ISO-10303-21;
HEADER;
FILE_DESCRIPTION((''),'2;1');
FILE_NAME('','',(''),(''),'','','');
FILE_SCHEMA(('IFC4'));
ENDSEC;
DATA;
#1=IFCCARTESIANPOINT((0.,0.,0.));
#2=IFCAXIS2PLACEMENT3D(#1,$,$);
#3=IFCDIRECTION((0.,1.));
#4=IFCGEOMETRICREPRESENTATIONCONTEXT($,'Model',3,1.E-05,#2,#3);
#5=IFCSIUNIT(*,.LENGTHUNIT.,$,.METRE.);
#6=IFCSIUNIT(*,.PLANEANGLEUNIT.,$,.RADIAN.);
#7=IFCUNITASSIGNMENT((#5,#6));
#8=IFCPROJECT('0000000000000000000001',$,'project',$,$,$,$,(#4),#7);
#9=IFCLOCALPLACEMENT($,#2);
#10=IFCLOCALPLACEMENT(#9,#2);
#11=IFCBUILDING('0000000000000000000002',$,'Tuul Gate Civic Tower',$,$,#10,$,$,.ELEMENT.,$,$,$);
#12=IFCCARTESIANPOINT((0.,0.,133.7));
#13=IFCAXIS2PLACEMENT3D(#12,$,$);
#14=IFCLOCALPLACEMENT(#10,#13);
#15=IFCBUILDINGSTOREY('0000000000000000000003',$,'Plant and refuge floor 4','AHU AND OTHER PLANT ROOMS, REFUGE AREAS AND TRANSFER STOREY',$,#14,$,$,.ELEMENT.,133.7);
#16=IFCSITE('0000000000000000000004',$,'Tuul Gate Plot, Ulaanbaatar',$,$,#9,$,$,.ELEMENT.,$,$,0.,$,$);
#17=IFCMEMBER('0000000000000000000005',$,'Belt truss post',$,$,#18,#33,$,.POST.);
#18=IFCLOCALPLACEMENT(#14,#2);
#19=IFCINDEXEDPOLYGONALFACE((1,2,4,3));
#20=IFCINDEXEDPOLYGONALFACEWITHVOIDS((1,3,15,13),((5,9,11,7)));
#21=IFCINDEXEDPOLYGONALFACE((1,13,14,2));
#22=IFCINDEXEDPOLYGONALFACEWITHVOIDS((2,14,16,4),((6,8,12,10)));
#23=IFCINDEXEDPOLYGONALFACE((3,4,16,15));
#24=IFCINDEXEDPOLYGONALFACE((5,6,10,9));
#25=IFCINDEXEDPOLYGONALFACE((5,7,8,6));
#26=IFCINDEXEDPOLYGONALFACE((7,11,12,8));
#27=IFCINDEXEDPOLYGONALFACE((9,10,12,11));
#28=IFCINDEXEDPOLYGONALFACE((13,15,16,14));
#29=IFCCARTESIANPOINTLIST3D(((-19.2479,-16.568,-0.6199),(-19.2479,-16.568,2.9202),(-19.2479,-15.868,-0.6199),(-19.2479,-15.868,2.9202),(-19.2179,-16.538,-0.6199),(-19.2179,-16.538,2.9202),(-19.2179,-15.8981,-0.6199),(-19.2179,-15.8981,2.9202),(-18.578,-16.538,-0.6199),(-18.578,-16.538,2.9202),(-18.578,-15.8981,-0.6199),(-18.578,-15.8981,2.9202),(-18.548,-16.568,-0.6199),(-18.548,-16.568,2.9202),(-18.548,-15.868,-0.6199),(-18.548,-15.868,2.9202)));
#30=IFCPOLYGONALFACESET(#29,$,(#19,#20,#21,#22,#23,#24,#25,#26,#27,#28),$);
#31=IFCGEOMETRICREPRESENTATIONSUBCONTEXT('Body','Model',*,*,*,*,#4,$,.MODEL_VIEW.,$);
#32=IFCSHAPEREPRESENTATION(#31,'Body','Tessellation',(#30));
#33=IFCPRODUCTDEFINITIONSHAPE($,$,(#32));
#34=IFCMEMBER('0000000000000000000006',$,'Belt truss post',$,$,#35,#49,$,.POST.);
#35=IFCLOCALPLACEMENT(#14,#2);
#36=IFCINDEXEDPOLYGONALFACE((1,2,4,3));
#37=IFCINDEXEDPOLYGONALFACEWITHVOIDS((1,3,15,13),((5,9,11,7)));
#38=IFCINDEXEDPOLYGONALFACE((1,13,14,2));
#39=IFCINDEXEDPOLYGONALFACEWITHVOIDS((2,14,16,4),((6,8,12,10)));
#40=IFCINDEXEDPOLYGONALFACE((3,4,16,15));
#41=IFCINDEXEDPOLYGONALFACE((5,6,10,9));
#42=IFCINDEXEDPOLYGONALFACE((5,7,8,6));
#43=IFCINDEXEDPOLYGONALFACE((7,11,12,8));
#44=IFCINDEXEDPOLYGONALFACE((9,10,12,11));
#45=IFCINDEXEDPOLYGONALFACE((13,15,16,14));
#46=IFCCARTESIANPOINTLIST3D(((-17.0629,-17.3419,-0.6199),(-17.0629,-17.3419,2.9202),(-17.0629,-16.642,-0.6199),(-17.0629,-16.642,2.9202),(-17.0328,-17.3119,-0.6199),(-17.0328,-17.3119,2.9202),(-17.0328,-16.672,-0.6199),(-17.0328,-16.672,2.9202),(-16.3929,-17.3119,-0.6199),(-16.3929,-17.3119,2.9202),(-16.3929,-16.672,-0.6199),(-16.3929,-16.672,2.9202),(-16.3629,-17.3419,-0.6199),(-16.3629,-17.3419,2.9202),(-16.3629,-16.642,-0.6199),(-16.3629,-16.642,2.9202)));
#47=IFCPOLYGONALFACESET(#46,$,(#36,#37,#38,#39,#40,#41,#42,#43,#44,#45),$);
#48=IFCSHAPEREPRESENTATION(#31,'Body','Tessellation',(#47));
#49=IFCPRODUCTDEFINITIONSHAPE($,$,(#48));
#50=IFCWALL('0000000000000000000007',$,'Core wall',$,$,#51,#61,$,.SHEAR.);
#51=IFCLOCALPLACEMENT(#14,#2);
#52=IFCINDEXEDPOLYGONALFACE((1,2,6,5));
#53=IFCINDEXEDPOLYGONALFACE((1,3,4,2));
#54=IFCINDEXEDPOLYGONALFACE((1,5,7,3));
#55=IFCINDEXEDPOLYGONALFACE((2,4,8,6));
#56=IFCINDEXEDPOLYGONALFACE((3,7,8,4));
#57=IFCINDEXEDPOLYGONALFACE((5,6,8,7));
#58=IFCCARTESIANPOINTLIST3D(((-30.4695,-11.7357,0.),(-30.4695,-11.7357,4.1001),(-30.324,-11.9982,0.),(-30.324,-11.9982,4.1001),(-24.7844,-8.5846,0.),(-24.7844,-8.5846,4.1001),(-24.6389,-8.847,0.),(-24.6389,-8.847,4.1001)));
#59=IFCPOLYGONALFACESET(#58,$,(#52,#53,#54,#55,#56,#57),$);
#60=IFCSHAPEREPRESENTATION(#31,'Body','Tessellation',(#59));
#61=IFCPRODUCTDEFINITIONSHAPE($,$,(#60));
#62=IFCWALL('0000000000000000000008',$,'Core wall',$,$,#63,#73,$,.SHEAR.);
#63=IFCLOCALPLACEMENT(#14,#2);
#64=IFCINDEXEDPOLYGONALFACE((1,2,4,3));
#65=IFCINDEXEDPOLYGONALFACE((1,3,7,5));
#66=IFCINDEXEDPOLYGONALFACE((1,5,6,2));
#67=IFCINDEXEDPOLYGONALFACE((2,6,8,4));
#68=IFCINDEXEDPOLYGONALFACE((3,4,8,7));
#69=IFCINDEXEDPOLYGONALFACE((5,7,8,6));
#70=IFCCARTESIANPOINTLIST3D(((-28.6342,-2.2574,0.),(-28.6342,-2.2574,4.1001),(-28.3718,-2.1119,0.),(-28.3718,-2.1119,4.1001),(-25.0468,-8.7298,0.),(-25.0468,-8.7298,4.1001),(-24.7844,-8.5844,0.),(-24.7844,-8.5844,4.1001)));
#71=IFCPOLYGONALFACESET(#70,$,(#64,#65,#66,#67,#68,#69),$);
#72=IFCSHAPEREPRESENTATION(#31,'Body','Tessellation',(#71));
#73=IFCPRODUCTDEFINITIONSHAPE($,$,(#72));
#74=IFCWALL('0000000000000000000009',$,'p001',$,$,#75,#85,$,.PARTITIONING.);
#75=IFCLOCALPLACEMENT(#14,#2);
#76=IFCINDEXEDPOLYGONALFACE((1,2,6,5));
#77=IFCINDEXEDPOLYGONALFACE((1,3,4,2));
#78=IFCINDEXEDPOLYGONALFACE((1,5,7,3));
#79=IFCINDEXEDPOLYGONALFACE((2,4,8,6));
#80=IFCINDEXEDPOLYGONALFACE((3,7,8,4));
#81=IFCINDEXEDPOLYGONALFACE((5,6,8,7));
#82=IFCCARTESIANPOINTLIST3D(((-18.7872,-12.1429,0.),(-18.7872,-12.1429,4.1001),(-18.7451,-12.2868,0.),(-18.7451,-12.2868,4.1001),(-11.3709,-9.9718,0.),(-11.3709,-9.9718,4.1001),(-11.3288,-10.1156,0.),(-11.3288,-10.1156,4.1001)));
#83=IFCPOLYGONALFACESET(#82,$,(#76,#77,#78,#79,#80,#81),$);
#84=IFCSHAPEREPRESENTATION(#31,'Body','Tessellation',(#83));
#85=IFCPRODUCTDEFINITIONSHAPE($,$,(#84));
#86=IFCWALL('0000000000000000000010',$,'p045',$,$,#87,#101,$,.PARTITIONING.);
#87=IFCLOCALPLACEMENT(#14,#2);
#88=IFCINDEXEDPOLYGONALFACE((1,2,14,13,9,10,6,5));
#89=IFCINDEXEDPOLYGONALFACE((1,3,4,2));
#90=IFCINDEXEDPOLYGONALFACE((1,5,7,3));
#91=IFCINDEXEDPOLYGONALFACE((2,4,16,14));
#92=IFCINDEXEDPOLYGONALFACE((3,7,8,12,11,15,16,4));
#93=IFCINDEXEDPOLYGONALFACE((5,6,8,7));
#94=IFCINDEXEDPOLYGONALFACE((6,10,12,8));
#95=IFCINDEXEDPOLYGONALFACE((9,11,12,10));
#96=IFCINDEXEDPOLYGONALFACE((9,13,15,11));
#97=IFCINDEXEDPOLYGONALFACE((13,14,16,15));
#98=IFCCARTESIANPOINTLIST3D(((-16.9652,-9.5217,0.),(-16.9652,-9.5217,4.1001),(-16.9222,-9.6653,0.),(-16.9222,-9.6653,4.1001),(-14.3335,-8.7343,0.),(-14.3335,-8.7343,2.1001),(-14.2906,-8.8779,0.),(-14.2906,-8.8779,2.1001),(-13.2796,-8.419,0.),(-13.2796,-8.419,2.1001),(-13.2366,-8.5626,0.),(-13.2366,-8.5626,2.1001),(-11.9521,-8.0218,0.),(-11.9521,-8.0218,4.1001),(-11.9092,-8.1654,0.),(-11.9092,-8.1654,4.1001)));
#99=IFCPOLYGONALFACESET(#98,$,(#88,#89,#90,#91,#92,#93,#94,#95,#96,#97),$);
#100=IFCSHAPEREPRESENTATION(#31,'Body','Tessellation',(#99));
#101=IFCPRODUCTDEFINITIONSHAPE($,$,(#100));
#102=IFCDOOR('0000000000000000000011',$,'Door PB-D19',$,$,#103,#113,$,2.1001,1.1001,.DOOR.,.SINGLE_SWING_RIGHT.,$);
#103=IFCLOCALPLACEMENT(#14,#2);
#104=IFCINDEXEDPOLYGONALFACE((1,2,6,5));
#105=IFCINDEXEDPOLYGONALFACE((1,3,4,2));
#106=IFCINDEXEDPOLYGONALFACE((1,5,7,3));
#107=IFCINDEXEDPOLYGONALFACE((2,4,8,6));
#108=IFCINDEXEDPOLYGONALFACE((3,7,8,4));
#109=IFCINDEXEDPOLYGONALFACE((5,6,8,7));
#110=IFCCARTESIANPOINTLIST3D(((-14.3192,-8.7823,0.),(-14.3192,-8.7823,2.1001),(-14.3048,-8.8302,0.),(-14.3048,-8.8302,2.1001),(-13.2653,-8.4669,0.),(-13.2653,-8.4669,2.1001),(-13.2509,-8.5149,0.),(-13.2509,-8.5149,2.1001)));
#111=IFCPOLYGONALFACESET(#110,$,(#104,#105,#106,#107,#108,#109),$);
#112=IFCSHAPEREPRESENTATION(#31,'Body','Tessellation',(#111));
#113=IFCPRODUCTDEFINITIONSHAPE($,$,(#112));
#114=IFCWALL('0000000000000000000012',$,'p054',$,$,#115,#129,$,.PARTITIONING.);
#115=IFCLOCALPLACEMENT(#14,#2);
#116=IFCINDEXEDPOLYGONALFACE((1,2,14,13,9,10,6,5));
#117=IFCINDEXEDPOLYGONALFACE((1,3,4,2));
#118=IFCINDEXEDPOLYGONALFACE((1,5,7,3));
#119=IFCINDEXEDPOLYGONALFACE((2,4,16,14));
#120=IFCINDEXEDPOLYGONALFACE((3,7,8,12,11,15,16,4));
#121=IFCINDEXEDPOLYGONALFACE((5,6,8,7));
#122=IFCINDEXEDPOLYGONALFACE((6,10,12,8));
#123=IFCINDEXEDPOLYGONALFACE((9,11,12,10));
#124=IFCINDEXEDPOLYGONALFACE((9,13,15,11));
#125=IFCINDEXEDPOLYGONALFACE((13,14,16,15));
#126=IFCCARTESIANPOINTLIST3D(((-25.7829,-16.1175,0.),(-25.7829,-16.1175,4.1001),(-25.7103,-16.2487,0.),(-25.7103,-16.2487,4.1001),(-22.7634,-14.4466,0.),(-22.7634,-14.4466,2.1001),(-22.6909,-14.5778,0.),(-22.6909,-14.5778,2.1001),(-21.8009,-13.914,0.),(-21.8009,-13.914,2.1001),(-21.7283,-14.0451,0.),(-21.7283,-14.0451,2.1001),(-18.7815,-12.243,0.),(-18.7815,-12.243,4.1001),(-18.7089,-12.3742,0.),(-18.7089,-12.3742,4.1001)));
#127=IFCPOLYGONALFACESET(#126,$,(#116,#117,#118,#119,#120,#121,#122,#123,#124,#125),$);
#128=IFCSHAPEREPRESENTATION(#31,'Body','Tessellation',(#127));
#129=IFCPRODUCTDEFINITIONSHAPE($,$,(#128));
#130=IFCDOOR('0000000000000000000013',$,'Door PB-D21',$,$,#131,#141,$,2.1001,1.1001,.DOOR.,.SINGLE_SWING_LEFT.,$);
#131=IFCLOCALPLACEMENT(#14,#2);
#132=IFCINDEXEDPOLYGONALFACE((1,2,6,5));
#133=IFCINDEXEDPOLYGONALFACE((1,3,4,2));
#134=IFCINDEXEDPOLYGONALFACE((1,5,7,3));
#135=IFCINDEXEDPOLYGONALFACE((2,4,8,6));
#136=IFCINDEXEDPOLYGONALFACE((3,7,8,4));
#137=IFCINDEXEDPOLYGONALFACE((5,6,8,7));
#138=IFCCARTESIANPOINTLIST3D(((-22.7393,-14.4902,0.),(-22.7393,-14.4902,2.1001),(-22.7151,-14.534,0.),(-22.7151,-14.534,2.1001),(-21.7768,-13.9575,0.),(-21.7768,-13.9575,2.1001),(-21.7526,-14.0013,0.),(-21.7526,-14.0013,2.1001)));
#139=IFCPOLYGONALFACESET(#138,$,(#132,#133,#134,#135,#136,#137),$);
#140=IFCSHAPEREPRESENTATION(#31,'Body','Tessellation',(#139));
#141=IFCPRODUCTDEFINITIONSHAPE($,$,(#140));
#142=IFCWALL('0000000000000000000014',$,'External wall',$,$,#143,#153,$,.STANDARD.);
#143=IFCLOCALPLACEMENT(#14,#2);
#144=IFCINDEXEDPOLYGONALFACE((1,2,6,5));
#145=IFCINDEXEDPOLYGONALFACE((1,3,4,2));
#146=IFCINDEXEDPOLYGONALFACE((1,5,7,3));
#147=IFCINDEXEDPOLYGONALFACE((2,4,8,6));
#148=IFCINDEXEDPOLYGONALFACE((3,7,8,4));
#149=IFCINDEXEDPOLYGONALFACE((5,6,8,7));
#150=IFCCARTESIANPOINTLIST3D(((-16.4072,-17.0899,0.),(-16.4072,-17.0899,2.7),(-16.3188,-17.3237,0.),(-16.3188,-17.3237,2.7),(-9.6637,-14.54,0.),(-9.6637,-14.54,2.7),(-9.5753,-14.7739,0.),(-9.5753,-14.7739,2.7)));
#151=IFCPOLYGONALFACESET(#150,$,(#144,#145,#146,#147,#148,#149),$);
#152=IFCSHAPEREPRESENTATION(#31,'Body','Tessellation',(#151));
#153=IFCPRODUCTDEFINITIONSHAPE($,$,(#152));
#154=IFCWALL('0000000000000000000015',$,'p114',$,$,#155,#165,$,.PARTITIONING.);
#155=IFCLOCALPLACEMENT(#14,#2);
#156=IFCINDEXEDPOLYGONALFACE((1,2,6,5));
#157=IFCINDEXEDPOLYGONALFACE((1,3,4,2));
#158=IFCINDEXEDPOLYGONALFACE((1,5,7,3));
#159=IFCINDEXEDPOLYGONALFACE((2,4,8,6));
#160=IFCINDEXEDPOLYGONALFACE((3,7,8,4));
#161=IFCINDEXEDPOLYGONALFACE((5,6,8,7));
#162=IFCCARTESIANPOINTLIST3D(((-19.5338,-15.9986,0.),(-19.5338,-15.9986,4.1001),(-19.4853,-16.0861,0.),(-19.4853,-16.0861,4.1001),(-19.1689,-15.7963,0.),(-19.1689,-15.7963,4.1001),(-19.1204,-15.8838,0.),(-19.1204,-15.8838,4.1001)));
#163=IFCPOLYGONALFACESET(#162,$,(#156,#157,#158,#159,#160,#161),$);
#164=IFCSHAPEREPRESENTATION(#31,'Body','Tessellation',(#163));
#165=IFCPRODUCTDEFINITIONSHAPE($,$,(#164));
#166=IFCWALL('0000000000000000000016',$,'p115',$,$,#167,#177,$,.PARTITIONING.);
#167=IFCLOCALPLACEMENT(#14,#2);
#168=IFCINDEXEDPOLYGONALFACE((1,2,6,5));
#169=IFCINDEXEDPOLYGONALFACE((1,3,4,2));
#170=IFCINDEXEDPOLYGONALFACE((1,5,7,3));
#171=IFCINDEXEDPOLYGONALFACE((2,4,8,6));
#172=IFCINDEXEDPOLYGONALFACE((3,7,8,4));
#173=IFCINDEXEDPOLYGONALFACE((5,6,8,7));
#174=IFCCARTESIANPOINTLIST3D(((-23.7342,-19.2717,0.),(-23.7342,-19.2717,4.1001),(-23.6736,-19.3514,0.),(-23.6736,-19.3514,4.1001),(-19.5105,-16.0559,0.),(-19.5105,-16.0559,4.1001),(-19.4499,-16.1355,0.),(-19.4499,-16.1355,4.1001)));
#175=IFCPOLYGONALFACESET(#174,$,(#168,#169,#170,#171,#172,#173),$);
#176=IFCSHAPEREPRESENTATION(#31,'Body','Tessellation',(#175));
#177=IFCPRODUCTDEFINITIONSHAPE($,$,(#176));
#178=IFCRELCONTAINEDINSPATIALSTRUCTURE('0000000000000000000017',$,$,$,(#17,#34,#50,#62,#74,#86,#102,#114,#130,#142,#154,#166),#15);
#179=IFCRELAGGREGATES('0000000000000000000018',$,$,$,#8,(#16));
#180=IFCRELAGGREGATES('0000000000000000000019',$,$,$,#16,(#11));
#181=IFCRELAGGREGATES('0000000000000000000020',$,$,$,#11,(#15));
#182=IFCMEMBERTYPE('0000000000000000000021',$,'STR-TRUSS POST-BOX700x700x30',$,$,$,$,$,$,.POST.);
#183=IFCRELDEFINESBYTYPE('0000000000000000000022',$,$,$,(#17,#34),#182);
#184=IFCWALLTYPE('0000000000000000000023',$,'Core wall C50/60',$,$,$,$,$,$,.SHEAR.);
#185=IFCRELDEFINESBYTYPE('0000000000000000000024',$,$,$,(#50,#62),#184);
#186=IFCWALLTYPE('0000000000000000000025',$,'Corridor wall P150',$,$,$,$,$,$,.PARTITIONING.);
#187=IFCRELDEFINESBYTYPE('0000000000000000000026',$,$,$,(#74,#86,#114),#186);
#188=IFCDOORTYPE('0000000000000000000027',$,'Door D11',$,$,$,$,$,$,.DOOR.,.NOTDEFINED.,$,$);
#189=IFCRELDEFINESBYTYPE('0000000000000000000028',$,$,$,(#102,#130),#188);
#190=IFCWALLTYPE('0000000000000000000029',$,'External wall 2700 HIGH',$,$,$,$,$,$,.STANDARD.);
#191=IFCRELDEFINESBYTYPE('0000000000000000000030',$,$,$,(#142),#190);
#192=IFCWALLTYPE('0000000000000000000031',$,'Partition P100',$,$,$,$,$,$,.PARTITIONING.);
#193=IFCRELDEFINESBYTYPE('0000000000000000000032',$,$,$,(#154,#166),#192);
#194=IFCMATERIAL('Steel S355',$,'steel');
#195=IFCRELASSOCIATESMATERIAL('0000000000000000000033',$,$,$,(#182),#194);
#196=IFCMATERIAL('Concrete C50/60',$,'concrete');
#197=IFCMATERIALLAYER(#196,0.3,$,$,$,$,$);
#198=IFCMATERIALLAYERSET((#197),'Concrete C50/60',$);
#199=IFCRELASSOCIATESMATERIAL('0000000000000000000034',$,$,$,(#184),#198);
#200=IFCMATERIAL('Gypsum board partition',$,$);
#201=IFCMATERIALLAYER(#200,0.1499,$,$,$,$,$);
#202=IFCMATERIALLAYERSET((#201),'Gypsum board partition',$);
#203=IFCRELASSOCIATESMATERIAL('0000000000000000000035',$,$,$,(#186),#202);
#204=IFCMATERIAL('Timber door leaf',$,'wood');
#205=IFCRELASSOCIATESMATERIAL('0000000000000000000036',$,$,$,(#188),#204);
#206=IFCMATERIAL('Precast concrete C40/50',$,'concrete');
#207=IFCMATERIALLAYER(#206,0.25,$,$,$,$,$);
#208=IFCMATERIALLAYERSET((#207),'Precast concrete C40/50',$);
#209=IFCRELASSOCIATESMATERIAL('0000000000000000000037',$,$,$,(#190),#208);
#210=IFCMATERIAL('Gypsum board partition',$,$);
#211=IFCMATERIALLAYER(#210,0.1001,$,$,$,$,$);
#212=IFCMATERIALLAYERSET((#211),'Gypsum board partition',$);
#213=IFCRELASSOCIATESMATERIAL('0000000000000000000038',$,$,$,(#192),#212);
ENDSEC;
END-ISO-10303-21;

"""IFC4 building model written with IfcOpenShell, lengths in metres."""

from ifc_helpers import new_model, si_unit, direction, frame, frame_2d, origin, origin_2d, place, context, subcontext, project, spatial, rectangle, hollow_rectangle, extrude, material, layer, layer_set, material_profile, profile_set, type_object, element, fill, save


model = new_model("IFC4")

# Units and contexts
model_context = context("Model", 3, precision=1e-05, world=origin(), true_north=direction((0.0, 1.0)))
body_context = subcontext(model_context, "Body", "Model", "MODEL_VIEW")
ifc_project = project(units=[si_unit("LENGTHUNIT", "METRE"), si_unit("PLANEANGLEUNIT", "RADIAN")], contexts=[model_context])

# Site, building, storey
site_placement = place(None, origin())
site = spatial("IfcSite", under=ifc_project, at=site_placement, Name="Tuul Gate Plot, Ulaanbaatar", CompositionType="ELEMENT", RefElevation=0.0)
building_placement = place(site_placement, origin())
building = spatial("IfcBuilding", under=site, at=building_placement, Name="Tuul Gate Civic Tower", CompositionType="ELEMENT")
storey_placement = place(building_placement, frame((0.0, 0.0, 133.7)))
storey = spatial("IfcBuildingStorey", under=building, at=storey_placement, Name="Plant and refuge floor 4", Description="AHU AND OTHER PLANT ROOMS, REFUGE AREAS AND TRANSFER STOREY", CompositionType="ELEMENT", Elevation=133.7)

# Members
ifc_material_1 = material(Name="Steel S355", Category="steel")
ifc_material_profile_1 = material_profile(ifc_material_1, hollow_rectangle(XDim=0.7, YDim=0.7, WallThickness=0.03, at=origin_2d()), Name="BOX700x700x30")
ifc_profile_set_1 = profile_set([ifc_material_profile_1], Name="Steel S355")
member_type_1 = type_object("IfcMemberType", Name="STR-TRUSS POST-BOX700x700x30", PredefinedType="POST", material=ifc_profile_set_1)
for number, where, z_axis, x_axis, name in (
    (1, (-18.8979, -16.218, -0.6199), (0.0, 0.0, 1.0), (1.0, 0.0, 0.0), "Belt truss post"),
    (2, (-16.7129, -16.9919, -0.6199), (0.0, 0.0, 1.0), (1.0, 0.0, 0.0), "Belt truss post"),
):
    element("IfcMember", number, at=place(storey_placement, frame(where, z_axis=z_axis, x_axis=x_axis)), inside=storey, type_object=member_type_1, Name=name, PredefinedType="POST", context=body_context, shape_type="SweptSolid", body=[
        extrude(hollow_rectangle(XDim=0.7, YDim=0.7, WallThickness=0.03, at=origin_2d()), origin(), (0.0, 0.0, 1.0), 3.54),
    ])

# Walls
ifc_material_2 = material(Name="Concrete C50/60", Category="concrete")
ifc_layer_1 = layer(ifc_material_2, 0.3)
ifc_layer_set_1 = layer_set([ifc_layer_1], Name="Concrete C50/60")
wall_type_1 = type_object("IfcWallType", Name="Core wall C50/60", PredefinedType="SHEAR", material=ifc_layer_set_1)
wall_1_placement = place(storey_placement, frame((-24.7117, -8.7158, 0.0), z_axis=(0.0, 0.0, 1.0), x_axis=(-0.87463, -0.484791, 0.0)))
element("IfcWall", 3, at=wall_1_placement, inside=storey, type_object=wall_type_1, Name="Core wall", PredefinedType="SHEAR", context=body_context, shape_type="SweptSolid", body=[
    extrude(rectangle(XDim=6.5, YDim=0.3, at=frame_2d((3.25, 0.0))), origin(), (0.0, 0.0, 1.0), 4.1001),
])
wall_2_placement = place(storey_placement, frame((-24.9155, -8.6572, 0.0), z_axis=(0.0, 0.0, 1.0), x_axis=(-0.484777, 0.874638, 0.0)))
element("IfcWall", 4, at=wall_2_placement, inside=storey, type_object=wall_type_1, Name="Core wall", PredefinedType="SHEAR", context=body_context, shape_type="SweptSolid", body=[
    extrude(rectangle(XDim=7.4001, YDim=0.3, at=frame_2d((3.7002, 0.0))), origin(), (0.0, 0.0, 1.0), 4.1001),
])
ifc_material_3 = material(Name="Gypsum board partition")
ifc_layer_2 = layer(ifc_material_3, 0.1499)
ifc_layer_set_2 = layer_set([ifc_layer_2], Name="Gypsum board partition")
wall_type_2 = type_object("IfcWallType", Name="Corridor wall P150", PredefinedType="PARTITIONING", material=ifc_layer_set_2)
wall_3_placement = place(storey_placement, frame((-18.7661, -12.2148, 0.0), z_axis=(0.0, 0.0, 1.0), x_axis=(0.959719, 0.280962, 0.0)))
element("IfcWall", 5, at=wall_3_placement, inside=storey, type_object=wall_type_2, Name="p001", PredefinedType="PARTITIONING", context=body_context, shape_type="SweptSolid", body=[
    extrude(rectangle(XDim=7.7275, YDim=0.1499, at=frame_2d((3.8638, 0.0))), origin(), (0.0, 0.0, 1.0), 4.1001),
])

# Walls, openings, doors
wall_4_placement = place(storey_placement, frame((-16.9436, -9.5935, 0.0), z_axis=(0.0, 0.0, 1.0), x_axis=(0.958034, 0.286654, 0.0)))
wall_4 = element("IfcWall", 6, at=wall_4_placement, inside=storey, type_object=wall_type_2, Name="p045", PredefinedType="PARTITIONING", context=body_context, shape_type="SweptSolid", body=[
    extrude(rectangle(XDim=5.2327, YDim=0.1499, at=frame_2d((2.6162, 0.0))), origin(), (0.0, 0.0, 1.0), 4.1001),
])
opening_1_placement = place(wall_4_placement, frame((2.7468, 0.0, 0.0)))
opening_1 = element("IfcOpeningElement", 7, at=opening_1_placement, cuts=wall_4, PredefinedType="OPENING", context=body_context, shape_type="SweptSolid", body=[
    extrude(rectangle(XDim=1.1001, YDim=2.1001, at=frame_2d((0.55, 1.05))), frame((0.0, 0.085, 0.0), z_axis=(0.0, -1.0, 0.0), x_axis=(1.0, 0.0, 0.0)), (0.0, 0.0, 1.0), 0.1699),
])
ifc_material_4 = material(Name="Timber door leaf", Category="wood")
door_type = type_object("IfcDoorType", Name="Door D11", OperationType="NOTDEFINED", PredefinedType="DOOR", material=ifc_material_4)
door_1_placement = place(opening_1_placement, origin())
door_1 = element("IfcDoor", 8, at=door_1_placement, inside=storey, type_object=door_type, Name="Door PB-D19", OperationType="SINGLE_SWING_RIGHT", OverallHeight=2.1001, OverallWidth=1.1001, PredefinedType="DOOR", context=body_context, shape_type="SweptSolid", body=[
    extrude(rectangle(XDim=1.1001, YDim=2.1001, at=frame_2d((0.55, 1.05))), frame((0.0, 0.0249, 0.0), z_axis=(0.0, -1.0, 0.0), x_axis=(1.0, 0.0, 0.0)), (0.0, 0.0, 1.0), 0.05),
])
fill(opening_1, door_1)
wall_5_placement = place(storey_placement, frame((-25.7466, -16.1831, 0.0), z_axis=(0.0, 0.0, 1.0), x_axis=(0.874962, 0.484192, 0.0)))
wall_5 = element("IfcWall", 9, at=wall_5_placement, inside=storey, type_object=wall_type_2, Name="p054", PredefinedType="PARTITIONING", context=body_context, shape_type="SweptSolid", body=[
    extrude(rectangle(XDim=8.002, YDim=0.1499, at=frame_2d((4.001, 0.0))), origin(), (0.0, 0.0, 1.0), 4.1001),
])
opening_2_placement = place(wall_5_placement, frame((3.4509, 0.0, 0.0)))
opening_2 = element("IfcOpeningElement", 10, at=opening_2_placement, cuts=wall_5, PredefinedType="OPENING", context=body_context, shape_type="SweptSolid", body=[
    extrude(rectangle(XDim=1.1001, YDim=2.1001, at=frame_2d((0.55, 1.05))), frame((0.0, 0.085, 0.0), z_axis=(0.0, -1.0, 0.0), x_axis=(1.0, 0.0, 0.0)), (0.0, 0.0, 1.0), 0.1699),
])
door_2_placement = place(opening_2_placement, frame((1.1001, 0.0, 0.0), z_axis=(0.0, 0.0, 1.0), x_axis=(-1.0, 0.0, 0.0)))
door_2 = element("IfcDoor", 11, at=door_2_placement, inside=storey, type_object=door_type, Name="Door PB-D21", OperationType="SINGLE_SWING_LEFT", OverallHeight=2.1001, OverallWidth=1.1001, PredefinedType="DOOR", context=body_context, shape_type="SweptSolid", body=[
    extrude(rectangle(XDim=1.1001, YDim=2.1001, at=frame_2d((0.55, 1.05))), frame((0.0, 0.0249, 0.0), z_axis=(0.0, -1.0, 0.0), x_axis=(1.0, 0.0, 0.0)), (0.0, 0.0, 1.0), 0.05),
])
fill(opening_2, door_2)

# Walls
ifc_material_5 = material(Name="Precast concrete C40/50", Category="concrete")
ifc_layer_3 = layer(ifc_material_5, 0.25)
ifc_layer_set_3 = layer_set([ifc_layer_3], Name="Precast concrete C40/50")
wall_type_3 = type_object("IfcWallType", Name="External wall 2700 HIGH", PredefinedType="STANDARD", material=ifc_layer_set_3)
wall_6_placement = place(storey_placement, frame((-16.363, -17.2068, 0.0), z_axis=(0.0, 0.0, 1.0), x_axis=(0.935367, 0.353679, 0.0)))
element("IfcWall", 12, at=wall_6_placement, inside=storey, type_object=wall_type_3, Name="External wall", PredefinedType="STANDARD", context=body_context, shape_type="SweptSolid", body=[
    extrude(rectangle(XDim=7.2095, YDim=0.25, at=frame_2d((3.6047, 0.0))), origin(), (0.0, 0.0, 1.0), 2.7),
])
ifc_material_6 = material(Name="Gypsum board partition")
ifc_layer_4 = layer(ifc_material_6, 0.1001)
ifc_layer_set_4 = layer_set([ifc_layer_4], Name="Gypsum board partition")
wall_type_4 = type_object("IfcWallType", Name="Partition P100", PredefinedType="PARTITIONING", material=ifc_layer_set_4)
wall_7_placement = place(storey_placement, frame((-19.1448, -15.8401, 0.0), z_axis=(0.0, 0.0, 1.0), x_axis=(-0.874543, -0.484947, 0.0)))
element("IfcWall", 13, at=wall_7_placement, inside=storey, type_object=wall_type_4, Name="p114", PredefinedType="PARTITIONING", context=body_context, shape_type="SweptSolid", body=[
    extrude(rectangle(XDim=0.4172, YDim=0.1001, at=frame_2d((0.2085, 0.0))), origin(), (0.0, 0.0, 1.0), 4.1001),
])
wall_8_placement = place(storey_placement, frame((-19.4802, -16.0957, 0.0), z_axis=(0.0, 0.0, 1.0), x_axis=(-0.79563, -0.605783, 0.0)))
element("IfcWall", 14, at=wall_8_placement, inside=storey, type_object=wall_type_4, Name="p115", PredefinedType="PARTITIONING", context=body_context, shape_type="SweptSolid", body=[
    extrude(rectangle(XDim=5.3086, YDim=0.1001, at=frame_2d((2.6543, 0.0))), origin(), (0.0, 0.0, 1.0), 4.1001),
])

save(model, "model.ifc")
